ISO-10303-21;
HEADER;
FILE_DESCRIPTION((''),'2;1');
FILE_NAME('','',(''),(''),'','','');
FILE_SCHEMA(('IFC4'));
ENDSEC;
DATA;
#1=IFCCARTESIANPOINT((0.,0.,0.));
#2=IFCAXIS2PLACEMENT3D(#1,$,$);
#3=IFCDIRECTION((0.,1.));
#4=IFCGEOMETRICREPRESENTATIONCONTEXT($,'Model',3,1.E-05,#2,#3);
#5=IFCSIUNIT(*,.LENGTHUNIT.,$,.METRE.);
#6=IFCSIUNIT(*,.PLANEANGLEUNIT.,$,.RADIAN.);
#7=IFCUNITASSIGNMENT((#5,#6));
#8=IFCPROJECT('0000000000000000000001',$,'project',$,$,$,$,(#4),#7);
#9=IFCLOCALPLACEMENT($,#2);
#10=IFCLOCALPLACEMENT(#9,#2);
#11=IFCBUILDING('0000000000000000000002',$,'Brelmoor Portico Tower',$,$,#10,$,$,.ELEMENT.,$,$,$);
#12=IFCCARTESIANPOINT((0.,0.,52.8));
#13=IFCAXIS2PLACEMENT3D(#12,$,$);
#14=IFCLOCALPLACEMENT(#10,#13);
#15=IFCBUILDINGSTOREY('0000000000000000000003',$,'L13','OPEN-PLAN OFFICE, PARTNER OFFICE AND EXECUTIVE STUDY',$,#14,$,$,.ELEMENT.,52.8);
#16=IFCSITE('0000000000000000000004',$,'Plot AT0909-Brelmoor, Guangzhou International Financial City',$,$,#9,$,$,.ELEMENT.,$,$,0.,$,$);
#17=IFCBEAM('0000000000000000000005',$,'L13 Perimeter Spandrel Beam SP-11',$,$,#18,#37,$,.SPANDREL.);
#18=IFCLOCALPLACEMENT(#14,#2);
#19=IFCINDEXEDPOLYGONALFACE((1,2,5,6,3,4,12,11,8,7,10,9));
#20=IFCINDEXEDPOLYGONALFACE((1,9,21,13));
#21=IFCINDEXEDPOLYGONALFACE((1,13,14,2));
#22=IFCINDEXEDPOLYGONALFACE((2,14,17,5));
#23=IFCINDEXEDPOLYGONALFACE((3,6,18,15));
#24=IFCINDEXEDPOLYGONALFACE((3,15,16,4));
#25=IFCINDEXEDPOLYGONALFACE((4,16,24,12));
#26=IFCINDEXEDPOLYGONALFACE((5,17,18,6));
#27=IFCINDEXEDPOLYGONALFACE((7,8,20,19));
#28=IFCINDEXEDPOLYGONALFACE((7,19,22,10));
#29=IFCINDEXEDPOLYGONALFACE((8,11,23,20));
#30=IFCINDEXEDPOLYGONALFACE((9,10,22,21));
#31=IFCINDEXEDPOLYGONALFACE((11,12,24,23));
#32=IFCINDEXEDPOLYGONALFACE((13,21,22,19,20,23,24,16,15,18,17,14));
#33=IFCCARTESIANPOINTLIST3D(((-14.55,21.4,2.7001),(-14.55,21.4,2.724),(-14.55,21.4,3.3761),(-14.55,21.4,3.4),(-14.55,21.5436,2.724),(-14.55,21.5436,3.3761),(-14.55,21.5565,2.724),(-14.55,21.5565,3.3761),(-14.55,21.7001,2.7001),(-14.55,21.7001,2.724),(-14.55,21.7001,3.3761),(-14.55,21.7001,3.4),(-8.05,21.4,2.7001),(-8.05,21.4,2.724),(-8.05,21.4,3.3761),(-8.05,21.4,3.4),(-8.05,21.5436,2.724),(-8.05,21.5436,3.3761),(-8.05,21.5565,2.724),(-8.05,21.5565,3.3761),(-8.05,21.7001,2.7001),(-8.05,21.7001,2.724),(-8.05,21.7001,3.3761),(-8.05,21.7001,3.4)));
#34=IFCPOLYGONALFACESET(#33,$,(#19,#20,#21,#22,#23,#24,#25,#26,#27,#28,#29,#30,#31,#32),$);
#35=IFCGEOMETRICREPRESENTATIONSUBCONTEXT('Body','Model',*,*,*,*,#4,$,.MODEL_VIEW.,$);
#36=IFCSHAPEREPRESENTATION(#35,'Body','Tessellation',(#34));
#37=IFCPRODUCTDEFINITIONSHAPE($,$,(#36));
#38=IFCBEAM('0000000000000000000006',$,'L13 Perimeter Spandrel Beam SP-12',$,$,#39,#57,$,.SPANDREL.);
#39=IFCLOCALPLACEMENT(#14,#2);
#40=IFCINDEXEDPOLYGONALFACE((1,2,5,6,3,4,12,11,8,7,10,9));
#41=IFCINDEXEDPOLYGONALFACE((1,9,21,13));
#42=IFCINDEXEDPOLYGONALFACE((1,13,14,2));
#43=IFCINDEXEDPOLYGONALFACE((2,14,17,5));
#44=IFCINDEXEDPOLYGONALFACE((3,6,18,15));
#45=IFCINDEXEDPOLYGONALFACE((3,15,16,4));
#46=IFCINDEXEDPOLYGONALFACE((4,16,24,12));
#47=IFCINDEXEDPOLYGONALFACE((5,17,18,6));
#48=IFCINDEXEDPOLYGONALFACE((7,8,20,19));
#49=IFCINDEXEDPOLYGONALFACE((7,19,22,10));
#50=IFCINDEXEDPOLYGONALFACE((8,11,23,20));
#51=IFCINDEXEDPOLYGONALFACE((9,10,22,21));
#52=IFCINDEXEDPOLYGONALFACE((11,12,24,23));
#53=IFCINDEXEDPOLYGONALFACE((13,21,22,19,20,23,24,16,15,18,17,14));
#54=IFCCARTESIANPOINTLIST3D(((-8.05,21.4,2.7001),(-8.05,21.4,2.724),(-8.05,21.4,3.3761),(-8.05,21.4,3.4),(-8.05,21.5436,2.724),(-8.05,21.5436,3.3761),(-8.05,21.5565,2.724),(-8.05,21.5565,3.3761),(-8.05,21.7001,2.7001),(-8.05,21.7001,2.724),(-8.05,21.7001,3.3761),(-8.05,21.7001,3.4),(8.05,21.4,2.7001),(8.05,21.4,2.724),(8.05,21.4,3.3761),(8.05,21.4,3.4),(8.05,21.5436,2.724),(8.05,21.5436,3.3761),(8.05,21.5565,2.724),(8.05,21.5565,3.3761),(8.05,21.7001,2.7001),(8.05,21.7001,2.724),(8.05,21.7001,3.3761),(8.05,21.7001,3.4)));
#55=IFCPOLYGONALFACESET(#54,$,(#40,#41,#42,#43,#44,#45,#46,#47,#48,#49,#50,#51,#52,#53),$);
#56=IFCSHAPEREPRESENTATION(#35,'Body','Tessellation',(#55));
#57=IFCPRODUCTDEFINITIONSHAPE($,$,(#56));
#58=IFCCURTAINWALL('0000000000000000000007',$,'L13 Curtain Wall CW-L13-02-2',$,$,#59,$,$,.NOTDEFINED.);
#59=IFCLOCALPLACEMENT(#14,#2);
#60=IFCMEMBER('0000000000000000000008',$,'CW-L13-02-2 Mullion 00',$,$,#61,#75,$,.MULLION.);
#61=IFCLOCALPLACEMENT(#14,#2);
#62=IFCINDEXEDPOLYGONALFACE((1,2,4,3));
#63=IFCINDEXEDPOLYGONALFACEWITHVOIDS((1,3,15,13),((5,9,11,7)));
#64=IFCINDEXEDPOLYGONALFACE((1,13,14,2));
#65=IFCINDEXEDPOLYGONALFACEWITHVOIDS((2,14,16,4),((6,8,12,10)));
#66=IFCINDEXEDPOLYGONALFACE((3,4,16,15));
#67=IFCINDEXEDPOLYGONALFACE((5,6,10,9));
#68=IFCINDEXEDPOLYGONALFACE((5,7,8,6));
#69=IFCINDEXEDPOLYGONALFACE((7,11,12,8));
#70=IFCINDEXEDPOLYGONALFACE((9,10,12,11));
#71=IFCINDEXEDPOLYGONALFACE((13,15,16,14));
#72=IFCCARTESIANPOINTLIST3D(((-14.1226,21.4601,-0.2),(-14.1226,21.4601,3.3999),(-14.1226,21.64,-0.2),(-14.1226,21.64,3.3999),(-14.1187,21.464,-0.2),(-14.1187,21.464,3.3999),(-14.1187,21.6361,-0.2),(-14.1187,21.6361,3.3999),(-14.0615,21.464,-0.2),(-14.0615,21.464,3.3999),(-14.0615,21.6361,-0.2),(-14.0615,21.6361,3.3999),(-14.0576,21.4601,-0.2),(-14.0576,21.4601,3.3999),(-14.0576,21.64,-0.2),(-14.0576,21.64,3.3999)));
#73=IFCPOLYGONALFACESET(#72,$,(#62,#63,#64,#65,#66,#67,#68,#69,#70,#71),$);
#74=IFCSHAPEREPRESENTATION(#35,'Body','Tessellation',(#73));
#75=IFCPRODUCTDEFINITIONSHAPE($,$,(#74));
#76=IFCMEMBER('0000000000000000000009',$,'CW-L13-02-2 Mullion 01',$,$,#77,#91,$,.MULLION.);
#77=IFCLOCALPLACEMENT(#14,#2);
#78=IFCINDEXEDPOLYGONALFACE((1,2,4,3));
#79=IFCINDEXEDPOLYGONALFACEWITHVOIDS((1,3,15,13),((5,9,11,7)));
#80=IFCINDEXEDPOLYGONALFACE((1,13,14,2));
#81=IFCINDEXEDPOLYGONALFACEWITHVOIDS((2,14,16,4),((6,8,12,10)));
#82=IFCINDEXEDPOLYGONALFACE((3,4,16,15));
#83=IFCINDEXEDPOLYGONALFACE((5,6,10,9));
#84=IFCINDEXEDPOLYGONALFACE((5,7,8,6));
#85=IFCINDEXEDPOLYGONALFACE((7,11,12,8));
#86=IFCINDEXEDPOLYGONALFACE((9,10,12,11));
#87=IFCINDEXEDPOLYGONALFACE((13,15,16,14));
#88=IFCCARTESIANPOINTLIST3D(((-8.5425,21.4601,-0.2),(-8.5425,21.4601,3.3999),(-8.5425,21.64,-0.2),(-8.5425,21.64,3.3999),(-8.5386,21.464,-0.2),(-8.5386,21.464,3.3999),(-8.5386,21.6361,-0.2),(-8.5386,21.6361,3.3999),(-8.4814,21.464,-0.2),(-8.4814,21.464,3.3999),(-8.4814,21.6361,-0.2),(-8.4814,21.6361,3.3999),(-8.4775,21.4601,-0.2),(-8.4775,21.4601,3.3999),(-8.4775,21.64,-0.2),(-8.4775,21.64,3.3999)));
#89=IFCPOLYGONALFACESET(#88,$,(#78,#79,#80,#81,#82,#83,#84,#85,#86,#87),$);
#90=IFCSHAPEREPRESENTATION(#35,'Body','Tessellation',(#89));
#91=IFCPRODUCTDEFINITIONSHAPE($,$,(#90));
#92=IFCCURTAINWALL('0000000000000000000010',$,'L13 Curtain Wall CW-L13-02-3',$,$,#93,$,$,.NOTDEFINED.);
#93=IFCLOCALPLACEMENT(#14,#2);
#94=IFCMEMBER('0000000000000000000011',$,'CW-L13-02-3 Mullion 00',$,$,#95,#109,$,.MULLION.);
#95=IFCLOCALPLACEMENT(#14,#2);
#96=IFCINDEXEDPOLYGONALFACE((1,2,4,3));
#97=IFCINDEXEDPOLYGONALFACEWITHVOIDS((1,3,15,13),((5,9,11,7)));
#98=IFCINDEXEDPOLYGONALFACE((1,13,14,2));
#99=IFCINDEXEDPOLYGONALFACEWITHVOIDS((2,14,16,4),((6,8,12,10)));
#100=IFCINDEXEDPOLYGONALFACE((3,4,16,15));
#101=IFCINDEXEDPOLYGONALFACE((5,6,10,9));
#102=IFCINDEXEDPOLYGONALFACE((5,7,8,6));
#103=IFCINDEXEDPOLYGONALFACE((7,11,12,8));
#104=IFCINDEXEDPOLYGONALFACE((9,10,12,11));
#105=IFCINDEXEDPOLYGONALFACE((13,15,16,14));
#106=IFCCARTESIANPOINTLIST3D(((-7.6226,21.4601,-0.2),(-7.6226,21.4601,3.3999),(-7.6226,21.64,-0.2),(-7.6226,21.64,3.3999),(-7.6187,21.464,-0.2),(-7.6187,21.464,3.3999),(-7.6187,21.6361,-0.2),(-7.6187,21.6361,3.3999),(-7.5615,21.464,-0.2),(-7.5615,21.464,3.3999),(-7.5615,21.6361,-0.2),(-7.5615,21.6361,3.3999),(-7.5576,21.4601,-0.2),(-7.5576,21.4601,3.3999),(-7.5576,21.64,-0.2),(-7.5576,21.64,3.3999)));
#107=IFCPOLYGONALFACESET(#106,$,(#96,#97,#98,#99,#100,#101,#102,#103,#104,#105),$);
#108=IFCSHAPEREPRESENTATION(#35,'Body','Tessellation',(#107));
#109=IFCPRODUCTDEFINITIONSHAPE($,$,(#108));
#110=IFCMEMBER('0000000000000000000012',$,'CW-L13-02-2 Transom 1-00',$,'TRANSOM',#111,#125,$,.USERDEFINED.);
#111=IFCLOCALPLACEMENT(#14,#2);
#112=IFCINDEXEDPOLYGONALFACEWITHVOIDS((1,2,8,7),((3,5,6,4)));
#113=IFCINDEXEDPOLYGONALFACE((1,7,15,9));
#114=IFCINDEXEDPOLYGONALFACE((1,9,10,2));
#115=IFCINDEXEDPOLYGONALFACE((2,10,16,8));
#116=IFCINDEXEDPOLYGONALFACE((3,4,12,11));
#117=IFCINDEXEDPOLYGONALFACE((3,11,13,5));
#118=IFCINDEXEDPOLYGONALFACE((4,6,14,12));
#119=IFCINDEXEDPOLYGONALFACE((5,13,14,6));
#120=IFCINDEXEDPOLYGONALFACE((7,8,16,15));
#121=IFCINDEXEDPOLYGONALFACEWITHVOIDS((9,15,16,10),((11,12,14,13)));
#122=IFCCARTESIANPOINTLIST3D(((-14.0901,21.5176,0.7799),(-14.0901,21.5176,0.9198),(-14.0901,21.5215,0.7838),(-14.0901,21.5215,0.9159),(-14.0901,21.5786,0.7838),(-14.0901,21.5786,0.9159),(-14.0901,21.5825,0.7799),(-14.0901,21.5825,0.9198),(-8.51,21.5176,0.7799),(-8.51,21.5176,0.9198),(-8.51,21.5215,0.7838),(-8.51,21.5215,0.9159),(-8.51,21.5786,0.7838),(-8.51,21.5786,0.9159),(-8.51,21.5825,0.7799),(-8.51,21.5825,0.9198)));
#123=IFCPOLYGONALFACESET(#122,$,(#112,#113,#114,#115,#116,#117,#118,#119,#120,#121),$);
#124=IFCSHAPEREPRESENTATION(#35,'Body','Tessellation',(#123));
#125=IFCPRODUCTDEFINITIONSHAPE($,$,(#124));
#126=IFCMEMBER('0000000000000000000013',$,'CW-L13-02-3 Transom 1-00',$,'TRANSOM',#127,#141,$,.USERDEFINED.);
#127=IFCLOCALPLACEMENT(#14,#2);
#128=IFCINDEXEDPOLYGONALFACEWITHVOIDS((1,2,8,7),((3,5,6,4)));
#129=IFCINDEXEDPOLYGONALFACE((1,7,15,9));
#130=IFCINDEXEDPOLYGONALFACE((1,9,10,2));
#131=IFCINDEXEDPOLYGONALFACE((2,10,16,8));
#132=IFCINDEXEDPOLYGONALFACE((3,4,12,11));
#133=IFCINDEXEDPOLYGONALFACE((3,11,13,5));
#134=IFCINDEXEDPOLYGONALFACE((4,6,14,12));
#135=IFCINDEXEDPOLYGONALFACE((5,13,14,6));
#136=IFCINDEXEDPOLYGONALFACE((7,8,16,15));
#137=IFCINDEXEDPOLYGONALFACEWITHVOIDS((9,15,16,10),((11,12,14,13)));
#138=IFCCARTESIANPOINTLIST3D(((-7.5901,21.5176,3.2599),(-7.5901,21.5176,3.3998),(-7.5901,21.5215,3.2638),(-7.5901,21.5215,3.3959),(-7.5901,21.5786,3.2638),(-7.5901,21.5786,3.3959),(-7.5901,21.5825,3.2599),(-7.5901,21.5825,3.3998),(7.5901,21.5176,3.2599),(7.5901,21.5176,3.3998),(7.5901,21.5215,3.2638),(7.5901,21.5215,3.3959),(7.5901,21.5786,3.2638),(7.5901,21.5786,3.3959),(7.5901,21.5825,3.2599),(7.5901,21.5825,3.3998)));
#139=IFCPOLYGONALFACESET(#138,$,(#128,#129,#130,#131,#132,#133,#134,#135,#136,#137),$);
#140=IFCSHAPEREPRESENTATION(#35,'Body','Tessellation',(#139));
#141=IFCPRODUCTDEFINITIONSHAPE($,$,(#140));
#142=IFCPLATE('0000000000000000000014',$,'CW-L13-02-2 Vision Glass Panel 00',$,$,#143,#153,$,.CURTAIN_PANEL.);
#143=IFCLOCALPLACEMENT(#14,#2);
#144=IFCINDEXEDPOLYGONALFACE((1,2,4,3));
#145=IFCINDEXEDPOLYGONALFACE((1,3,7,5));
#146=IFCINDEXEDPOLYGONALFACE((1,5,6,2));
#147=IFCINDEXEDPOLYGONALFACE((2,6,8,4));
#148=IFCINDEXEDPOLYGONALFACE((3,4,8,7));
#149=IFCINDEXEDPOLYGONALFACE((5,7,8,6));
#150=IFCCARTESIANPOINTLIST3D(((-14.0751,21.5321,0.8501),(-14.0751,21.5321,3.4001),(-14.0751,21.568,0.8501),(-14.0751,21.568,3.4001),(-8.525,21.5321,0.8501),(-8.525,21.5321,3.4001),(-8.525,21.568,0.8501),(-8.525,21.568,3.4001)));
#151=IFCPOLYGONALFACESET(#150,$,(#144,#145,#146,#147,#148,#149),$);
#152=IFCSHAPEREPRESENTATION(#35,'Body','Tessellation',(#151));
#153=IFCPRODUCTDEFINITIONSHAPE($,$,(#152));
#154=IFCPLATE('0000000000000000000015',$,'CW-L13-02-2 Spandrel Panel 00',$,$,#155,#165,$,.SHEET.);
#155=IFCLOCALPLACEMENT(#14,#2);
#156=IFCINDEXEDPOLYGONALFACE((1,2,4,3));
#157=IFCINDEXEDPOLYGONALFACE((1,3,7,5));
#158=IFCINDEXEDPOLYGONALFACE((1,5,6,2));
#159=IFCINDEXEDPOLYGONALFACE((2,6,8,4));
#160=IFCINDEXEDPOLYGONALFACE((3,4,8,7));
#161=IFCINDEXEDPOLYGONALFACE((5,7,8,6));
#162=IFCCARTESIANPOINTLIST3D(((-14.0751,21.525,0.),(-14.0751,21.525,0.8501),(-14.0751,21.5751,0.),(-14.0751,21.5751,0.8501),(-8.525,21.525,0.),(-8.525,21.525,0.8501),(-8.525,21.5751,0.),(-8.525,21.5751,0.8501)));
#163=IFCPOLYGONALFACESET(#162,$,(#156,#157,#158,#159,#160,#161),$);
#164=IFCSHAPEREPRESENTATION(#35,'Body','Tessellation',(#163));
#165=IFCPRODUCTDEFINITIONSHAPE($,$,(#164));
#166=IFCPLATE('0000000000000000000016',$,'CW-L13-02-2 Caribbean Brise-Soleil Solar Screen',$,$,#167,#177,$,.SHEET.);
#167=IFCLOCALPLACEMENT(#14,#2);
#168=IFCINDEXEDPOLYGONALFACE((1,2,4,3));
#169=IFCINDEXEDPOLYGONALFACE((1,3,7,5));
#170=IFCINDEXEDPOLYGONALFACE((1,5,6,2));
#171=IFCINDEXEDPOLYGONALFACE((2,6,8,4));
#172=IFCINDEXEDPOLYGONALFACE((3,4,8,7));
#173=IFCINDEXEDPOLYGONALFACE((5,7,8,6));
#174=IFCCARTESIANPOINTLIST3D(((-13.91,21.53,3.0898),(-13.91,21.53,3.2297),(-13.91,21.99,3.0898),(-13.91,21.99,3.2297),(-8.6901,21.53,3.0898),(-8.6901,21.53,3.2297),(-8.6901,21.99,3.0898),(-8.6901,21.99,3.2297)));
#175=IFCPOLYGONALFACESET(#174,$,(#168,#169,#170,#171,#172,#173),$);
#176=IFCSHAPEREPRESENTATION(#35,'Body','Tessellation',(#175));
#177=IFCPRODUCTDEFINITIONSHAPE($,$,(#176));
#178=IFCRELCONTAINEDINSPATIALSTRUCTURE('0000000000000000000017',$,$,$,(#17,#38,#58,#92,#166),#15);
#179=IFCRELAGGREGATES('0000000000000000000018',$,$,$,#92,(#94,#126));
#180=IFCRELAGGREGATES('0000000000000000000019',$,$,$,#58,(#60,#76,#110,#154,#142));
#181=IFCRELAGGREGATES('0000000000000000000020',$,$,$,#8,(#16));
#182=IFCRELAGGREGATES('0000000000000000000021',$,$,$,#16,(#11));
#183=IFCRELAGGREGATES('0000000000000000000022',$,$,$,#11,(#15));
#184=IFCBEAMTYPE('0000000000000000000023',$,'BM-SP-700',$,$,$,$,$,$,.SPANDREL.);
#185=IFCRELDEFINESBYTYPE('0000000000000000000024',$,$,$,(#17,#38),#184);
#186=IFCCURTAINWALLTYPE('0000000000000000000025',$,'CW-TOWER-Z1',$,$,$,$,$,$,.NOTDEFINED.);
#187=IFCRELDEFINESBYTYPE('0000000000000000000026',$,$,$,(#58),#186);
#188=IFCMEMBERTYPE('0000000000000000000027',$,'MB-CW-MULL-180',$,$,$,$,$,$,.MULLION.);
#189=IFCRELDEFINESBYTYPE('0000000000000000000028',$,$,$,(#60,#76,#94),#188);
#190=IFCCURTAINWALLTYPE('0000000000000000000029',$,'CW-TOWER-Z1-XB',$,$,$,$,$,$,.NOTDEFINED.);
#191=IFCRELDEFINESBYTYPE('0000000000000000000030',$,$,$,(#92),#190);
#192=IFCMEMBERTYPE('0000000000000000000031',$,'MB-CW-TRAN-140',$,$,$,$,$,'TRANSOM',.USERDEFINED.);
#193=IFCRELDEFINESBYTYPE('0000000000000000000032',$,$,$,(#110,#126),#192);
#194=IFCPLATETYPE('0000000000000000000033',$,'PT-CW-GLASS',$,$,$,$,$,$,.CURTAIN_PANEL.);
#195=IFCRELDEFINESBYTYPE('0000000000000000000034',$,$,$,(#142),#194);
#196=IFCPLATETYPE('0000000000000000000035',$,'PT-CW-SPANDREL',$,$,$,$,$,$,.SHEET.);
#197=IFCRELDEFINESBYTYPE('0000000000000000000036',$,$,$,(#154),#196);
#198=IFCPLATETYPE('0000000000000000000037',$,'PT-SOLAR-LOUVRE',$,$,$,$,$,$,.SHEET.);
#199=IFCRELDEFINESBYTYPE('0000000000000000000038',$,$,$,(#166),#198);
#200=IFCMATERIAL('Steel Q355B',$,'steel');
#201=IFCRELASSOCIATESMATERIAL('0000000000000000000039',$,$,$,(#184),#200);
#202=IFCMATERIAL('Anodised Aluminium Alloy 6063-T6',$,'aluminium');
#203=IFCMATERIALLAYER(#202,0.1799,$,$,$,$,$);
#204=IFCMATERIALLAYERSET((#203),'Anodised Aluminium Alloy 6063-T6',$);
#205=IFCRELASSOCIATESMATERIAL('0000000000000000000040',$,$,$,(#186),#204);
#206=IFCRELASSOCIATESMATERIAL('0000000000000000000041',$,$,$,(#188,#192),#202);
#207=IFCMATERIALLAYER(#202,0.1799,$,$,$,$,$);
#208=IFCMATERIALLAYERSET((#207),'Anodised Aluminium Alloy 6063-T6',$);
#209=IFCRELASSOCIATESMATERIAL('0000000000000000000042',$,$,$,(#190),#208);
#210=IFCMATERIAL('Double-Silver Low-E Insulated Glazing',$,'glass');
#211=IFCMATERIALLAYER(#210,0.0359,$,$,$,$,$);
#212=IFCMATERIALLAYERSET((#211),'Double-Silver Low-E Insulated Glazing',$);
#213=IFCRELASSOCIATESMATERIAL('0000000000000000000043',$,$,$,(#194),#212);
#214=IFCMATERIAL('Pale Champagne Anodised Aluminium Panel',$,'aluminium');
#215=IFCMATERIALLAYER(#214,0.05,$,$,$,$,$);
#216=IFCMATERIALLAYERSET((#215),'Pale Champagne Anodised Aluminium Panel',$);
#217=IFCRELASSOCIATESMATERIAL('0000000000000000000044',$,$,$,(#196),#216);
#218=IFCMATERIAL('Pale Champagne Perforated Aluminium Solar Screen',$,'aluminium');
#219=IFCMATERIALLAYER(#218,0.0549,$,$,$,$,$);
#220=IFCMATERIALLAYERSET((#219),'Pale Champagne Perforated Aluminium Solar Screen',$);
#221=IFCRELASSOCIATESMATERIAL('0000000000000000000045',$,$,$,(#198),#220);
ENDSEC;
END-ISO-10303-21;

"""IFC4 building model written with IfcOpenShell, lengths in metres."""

from ifc_helpers import new_model, si_unit, direction, frame, origin, origin_2d, place, context, subcontext, project, spatial, rectangle, hollow_rectangle, i_section, extrude, material, layer, layer_set, material_profile, profile_set, type_object, element, aggregate, save


model = new_model("IFC4")

# Units and contexts
model_context = context("Model", 3, precision=1e-05, world=origin(), true_north=direction((0.0, 1.0)))
body_context = subcontext(model_context, "Body", "Model", "MODEL_VIEW")
ifc_project = project(units=[si_unit("LENGTHUNIT", "METRE"), si_unit("PLANEANGLEUNIT", "RADIAN")], contexts=[model_context])

# Site, building, storey
site_placement = place(None, origin())
site = spatial("IfcSite", under=ifc_project, at=site_placement, Name="Plot AT0909-Brelmoor, Guangzhou International Financial City", CompositionType="ELEMENT", RefElevation=0.0)
building_placement = place(site_placement, origin())
building = spatial("IfcBuilding", under=site, at=building_placement, Name="Brelmoor Portico Tower", CompositionType="ELEMENT")
storey_placement = place(building_placement, frame((0.0, 0.0, 52.8)))
storey = spatial("IfcBuildingStorey", under=building, at=storey_placement, Name="L13", Description="OPEN-PLAN OFFICE, PARTNER OFFICE AND EXECUTIVE STUDY", CompositionType="ELEMENT", Elevation=52.8)

# Shared definitions
ifc_material_1 = material(Name="Steel Q355B", Category="steel")

# Beams
ifc_material_profile_1 = material_profile(ifc_material_1, i_section(OverallWidth=0.3, OverallDepth=0.7, WebThickness=0.0129, FlangeThickness=0.0239, at=origin_2d()), Name="HN 700x300x13x24")
ifc_profile_set_1 = profile_set([ifc_material_profile_1], Name="Steel Q355B")
beam_type_1 = type_object("IfcBeamType", Name="BM-SP-700", PredefinedType="SPANDREL", material=ifc_profile_set_1)
beam_1_placement = place(storey_placement, frame((-14.55, 21.55, 3.05), z_axis=(1.0, 0.0, 0.0), x_axis=(0.0, 1.0, 0.0)))
element("IfcBeam", 1, at=beam_1_placement, inside=storey, type_object=beam_type_1, Name="L13 Perimeter Spandrel Beam SP-11", PredefinedType="SPANDREL", context=body_context, shape_type="SweptSolid", body=[
    extrude(i_section(OverallWidth=0.3, OverallDepth=0.7, WebThickness=0.0129, FlangeThickness=0.0239, at=origin_2d()), origin(), (0.0, 0.0, 1.0), 6.5),
])
beam_2_placement = place(storey_placement, frame((-8.05, 21.55, 3.05), z_axis=(1.0, 0.0, 0.0), x_axis=(0.0, 1.0, 0.0)))
element("IfcBeam", 2, at=beam_2_placement, inside=storey, type_object=beam_type_1, Name="L13 Perimeter Spandrel Beam SP-12", PredefinedType="SPANDREL", context=body_context, shape_type="SweptSolid", body=[
    extrude(i_section(OverallWidth=0.3, OverallDepth=0.7, WebThickness=0.0129, FlangeThickness=0.0239, at=origin_2d()), origin(), (0.0, 0.0, 1.0), 16.1001),
])

# Curtain wall, members
ifc_material_2 = material(Name="Anodised Aluminium Alloy 6063-T6", Category="aluminium")
ifc_layer_1 = layer(ifc_material_2, 0.1799)
ifc_layer_set_1 = layer_set([ifc_layer_1], Name="Anodised Aluminium Alloy 6063-T6")
curtain_wall_type_1 = type_object("IfcCurtainWallType", Name="CW-TOWER-Z1", PredefinedType="NOTDEFINED", material=ifc_layer_set_1)
curtain_wall_1_placement = place(storey_placement, origin())
curtain_wall_1 = element("IfcCurtainWall", 3, at=curtain_wall_1_placement, inside=storey, type_object=curtain_wall_type_1, Name="L13 Curtain Wall CW-L13-02-2", PredefinedType="NOTDEFINED")
ifc_material_profile_2 = material_profile(ifc_material_2, hollow_rectangle(XDim=0.0649, YDim=0.1799, WallThickness=0.0039, at=origin_2d()), Name="ALU MULLION 65x180")
ifc_profile_set_2 = profile_set([ifc_material_profile_2], Name="Anodised Aluminium Alloy 6063-T6")
member_type_1 = type_object("IfcMemberType", Name="MB-CW-MULL-180", PredefinedType="MULLION", material=ifc_profile_set_2)
member_1_placement = place(storey_placement, frame((-14.0901, 21.55, -0.2), z_axis=(0.0, 0.0, 1.0), x_axis=(1.0, 0.0, 0.0)))
member_1 = element("IfcMember", 4, at=member_1_placement, type_object=member_type_1, Name="CW-L13-02-2 Mullion 00", PredefinedType="MULLION", context=body_context, shape_type="SweptSolid", body=[
    extrude(hollow_rectangle(XDim=0.0649, YDim=0.1799, WallThickness=0.0039, at=origin_2d()), origin(), (0.0, 0.0, 1.0), 3.5999),
])
member_2_placement = place(storey_placement, frame((-8.51, 21.55, -0.2), z_axis=(0.0, 0.0, 1.0), x_axis=(1.0, 0.0, 0.0)))
member_2 = element("IfcMember", 5, at=member_2_placement, type_object=member_type_1, Name="CW-L13-02-2 Mullion 01", PredefinedType="MULLION", context=body_context, shape_type="SweptSolid", body=[
    extrude(hollow_rectangle(XDim=0.0649, YDim=0.1799, WallThickness=0.0039, at=origin_2d()), origin(), (0.0, 0.0, 1.0), 3.5999),
])

# Curtain wall, member
ifc_layer_2 = layer(ifc_material_2, 0.1799)
ifc_layer_set_2 = layer_set([ifc_layer_2], Name="Anodised Aluminium Alloy 6063-T6")
curtain_wall_type_2 = type_object("IfcCurtainWallType", Name="CW-TOWER-Z1-XB", PredefinedType="NOTDEFINED", material=ifc_layer_set_2)
curtain_wall_2_placement = place(storey_placement, origin())
curtain_wall_2 = element("IfcCurtainWall", 6, at=curtain_wall_2_placement, inside=storey, type_object=curtain_wall_type_2, Name="L13 Curtain Wall CW-L13-02-3", PredefinedType="NOTDEFINED")
member_3_placement = place(storey_placement, frame((-7.5901, 21.55, -0.2), z_axis=(0.0, 0.0, 1.0), x_axis=(1.0, 0.0, 0.0)))
member_3 = element("IfcMember", 7, at=member_3_placement, type_object=member_type_1, Name="CW-L13-02-3 Mullion 00", PredefinedType="MULLION", context=body_context, shape_type="SweptSolid", body=[
    extrude(hollow_rectangle(XDim=0.0649, YDim=0.1799, WallThickness=0.0039, at=origin_2d()), origin(), (0.0, 0.0, 1.0), 3.5999),
])

# Members
ifc_material_profile_3 = material_profile(ifc_material_2, hollow_rectangle(XDim=0.0649, YDim=0.1399, WallThickness=0.0039, at=origin_2d()), Name="ALU TRANSOM 65x140")
ifc_profile_set_3 = profile_set([ifc_material_profile_3], Name="Anodised Aluminium Alloy 6063-T6")
member_type_2 = type_object("IfcMemberType", Name="MB-CW-TRAN-140", ElementType="TRANSOM", PredefinedType="USERDEFINED", material=ifc_profile_set_3)
member_4_placement = place(storey_placement, frame((-14.0901, 21.55, 0.8499), z_axis=(1.0, 0.0, 0.0), x_axis=(0.0, 1.0, 0.0)))
member_4 = element("IfcMember", 8, at=member_4_placement, type_object=member_type_2, Name="CW-L13-02-2 Transom 1-00", ObjectType="TRANSOM", PredefinedType="USERDEFINED", context=body_context, shape_type="SweptSolid", body=[
    extrude(hollow_rectangle(XDim=0.0649, YDim=0.1399, WallThickness=0.0039, at=origin_2d()), origin(), (0.0, 0.0, 1.0), 5.5801),
])
member_5_placement = place(storey_placement, frame((-7.5901, 21.55, 3.3298), z_axis=(1.0, 0.0, 0.0), x_axis=(0.0, 1.0, 0.0)))
member_5 = element("IfcMember", 9, at=member_5_placement, type_object=member_type_2, Name="CW-L13-02-3 Transom 1-00", ObjectType="TRANSOM", PredefinedType="USERDEFINED", context=body_context, shape_type="SweptSolid", body=[
    extrude(hollow_rectangle(XDim=0.0649, YDim=0.1399, WallThickness=0.0039, at=origin_2d()), origin(), (0.0, 0.0, 1.0), 15.1802),
])
aggregate(curtain_wall_2, [member_3, member_5])

# Plates
ifc_material_3 = material(Name="Double-Silver Low-E Insulated Glazing", Category="glass")
ifc_layer_3 = layer(ifc_material_3, 0.0359)
ifc_layer_set_3 = layer_set([ifc_layer_3], Name="Double-Silver Low-E Insulated Glazing")
plate_type_1 = type_object("IfcPlateType", Name="PT-CW-GLASS", PredefinedType="CURTAIN_PANEL", material=ifc_layer_set_3)
plate_1_placement = place(storey_placement, frame((-11.3, 21.55, 0.8501), z_axis=(0.0, 0.0, 1.0), x_axis=(1.0, 0.0, 0.0)))
plate_1 = element("IfcPlate", 10, at=plate_1_placement, type_object=plate_type_1, Name="CW-L13-02-2 Vision Glass Panel 00", PredefinedType="CURTAIN_PANEL", context=body_context, shape_type="SweptSolid", body=[
    extrude(rectangle(XDim=5.55, YDim=0.0359, at=origin_2d()), origin(), (0.0, 0.0, 1.0), 2.55),
])
ifc_material_4 = material(Name="Pale Champagne Anodised Aluminium Panel", Category="aluminium")
ifc_layer_4 = layer(ifc_material_4, 0.05)
ifc_layer_set_4 = layer_set([ifc_layer_4], Name="Pale Champagne Anodised Aluminium Panel")
plate_type_2 = type_object("IfcPlateType", Name="PT-CW-SPANDREL", PredefinedType="SHEET", material=ifc_layer_set_4)
plate_2_placement = place(storey_placement, frame((-11.3, 21.55, 0.0), z_axis=(0.0, 0.0, 1.0), x_axis=(1.0, 0.0, 0.0)))
plate_2 = element("IfcPlate", 11, at=plate_2_placement, type_object=plate_type_2, Name="CW-L13-02-2 Spandrel Panel 00", PredefinedType="SHEET", context=body_context, shape_type="SweptSolid", body=[
    extrude(rectangle(XDim=5.55, YDim=0.05, at=origin_2d()), origin(), (0.0, 0.0, 1.0), 0.8501),
])
aggregate(curtain_wall_1, [member_1, member_2, member_4, plate_2, plate_1])
ifc_material_5 = material(Name="Pale Champagne Perforated Aluminium Solar Screen", Category="aluminium")
ifc_layer_5 = layer(ifc_material_5, 0.0549)
ifc_layer_set_5 = layer_set([ifc_layer_5], Name="Pale Champagne Perforated Aluminium Solar Screen")
plate_type_3 = type_object("IfcPlateType", Name="PT-SOLAR-LOUVRE", PredefinedType="SHEET", material=ifc_layer_set_5)
plate_3_placement = place(storey_placement, frame((-11.3, 21.76, 3.0898), z_axis=(0.0, 0.0, 1.0), x_axis=(1.0, 0.0, 0.0)))
element("IfcPlate", 12, at=plate_3_placement, inside=storey, type_object=plate_type_3, Name="CW-L13-02-2 Caribbean Brise-Soleil Solar Screen", PredefinedType="SHEET", context=body_context, shape_type="SweptSolid", body=[
    extrude(rectangle(XDim=5.22, YDim=0.46, at=origin_2d()), origin(), (0.0, 0.0, 1.0), 0.1399),
])

save(model, "model.ifc")
